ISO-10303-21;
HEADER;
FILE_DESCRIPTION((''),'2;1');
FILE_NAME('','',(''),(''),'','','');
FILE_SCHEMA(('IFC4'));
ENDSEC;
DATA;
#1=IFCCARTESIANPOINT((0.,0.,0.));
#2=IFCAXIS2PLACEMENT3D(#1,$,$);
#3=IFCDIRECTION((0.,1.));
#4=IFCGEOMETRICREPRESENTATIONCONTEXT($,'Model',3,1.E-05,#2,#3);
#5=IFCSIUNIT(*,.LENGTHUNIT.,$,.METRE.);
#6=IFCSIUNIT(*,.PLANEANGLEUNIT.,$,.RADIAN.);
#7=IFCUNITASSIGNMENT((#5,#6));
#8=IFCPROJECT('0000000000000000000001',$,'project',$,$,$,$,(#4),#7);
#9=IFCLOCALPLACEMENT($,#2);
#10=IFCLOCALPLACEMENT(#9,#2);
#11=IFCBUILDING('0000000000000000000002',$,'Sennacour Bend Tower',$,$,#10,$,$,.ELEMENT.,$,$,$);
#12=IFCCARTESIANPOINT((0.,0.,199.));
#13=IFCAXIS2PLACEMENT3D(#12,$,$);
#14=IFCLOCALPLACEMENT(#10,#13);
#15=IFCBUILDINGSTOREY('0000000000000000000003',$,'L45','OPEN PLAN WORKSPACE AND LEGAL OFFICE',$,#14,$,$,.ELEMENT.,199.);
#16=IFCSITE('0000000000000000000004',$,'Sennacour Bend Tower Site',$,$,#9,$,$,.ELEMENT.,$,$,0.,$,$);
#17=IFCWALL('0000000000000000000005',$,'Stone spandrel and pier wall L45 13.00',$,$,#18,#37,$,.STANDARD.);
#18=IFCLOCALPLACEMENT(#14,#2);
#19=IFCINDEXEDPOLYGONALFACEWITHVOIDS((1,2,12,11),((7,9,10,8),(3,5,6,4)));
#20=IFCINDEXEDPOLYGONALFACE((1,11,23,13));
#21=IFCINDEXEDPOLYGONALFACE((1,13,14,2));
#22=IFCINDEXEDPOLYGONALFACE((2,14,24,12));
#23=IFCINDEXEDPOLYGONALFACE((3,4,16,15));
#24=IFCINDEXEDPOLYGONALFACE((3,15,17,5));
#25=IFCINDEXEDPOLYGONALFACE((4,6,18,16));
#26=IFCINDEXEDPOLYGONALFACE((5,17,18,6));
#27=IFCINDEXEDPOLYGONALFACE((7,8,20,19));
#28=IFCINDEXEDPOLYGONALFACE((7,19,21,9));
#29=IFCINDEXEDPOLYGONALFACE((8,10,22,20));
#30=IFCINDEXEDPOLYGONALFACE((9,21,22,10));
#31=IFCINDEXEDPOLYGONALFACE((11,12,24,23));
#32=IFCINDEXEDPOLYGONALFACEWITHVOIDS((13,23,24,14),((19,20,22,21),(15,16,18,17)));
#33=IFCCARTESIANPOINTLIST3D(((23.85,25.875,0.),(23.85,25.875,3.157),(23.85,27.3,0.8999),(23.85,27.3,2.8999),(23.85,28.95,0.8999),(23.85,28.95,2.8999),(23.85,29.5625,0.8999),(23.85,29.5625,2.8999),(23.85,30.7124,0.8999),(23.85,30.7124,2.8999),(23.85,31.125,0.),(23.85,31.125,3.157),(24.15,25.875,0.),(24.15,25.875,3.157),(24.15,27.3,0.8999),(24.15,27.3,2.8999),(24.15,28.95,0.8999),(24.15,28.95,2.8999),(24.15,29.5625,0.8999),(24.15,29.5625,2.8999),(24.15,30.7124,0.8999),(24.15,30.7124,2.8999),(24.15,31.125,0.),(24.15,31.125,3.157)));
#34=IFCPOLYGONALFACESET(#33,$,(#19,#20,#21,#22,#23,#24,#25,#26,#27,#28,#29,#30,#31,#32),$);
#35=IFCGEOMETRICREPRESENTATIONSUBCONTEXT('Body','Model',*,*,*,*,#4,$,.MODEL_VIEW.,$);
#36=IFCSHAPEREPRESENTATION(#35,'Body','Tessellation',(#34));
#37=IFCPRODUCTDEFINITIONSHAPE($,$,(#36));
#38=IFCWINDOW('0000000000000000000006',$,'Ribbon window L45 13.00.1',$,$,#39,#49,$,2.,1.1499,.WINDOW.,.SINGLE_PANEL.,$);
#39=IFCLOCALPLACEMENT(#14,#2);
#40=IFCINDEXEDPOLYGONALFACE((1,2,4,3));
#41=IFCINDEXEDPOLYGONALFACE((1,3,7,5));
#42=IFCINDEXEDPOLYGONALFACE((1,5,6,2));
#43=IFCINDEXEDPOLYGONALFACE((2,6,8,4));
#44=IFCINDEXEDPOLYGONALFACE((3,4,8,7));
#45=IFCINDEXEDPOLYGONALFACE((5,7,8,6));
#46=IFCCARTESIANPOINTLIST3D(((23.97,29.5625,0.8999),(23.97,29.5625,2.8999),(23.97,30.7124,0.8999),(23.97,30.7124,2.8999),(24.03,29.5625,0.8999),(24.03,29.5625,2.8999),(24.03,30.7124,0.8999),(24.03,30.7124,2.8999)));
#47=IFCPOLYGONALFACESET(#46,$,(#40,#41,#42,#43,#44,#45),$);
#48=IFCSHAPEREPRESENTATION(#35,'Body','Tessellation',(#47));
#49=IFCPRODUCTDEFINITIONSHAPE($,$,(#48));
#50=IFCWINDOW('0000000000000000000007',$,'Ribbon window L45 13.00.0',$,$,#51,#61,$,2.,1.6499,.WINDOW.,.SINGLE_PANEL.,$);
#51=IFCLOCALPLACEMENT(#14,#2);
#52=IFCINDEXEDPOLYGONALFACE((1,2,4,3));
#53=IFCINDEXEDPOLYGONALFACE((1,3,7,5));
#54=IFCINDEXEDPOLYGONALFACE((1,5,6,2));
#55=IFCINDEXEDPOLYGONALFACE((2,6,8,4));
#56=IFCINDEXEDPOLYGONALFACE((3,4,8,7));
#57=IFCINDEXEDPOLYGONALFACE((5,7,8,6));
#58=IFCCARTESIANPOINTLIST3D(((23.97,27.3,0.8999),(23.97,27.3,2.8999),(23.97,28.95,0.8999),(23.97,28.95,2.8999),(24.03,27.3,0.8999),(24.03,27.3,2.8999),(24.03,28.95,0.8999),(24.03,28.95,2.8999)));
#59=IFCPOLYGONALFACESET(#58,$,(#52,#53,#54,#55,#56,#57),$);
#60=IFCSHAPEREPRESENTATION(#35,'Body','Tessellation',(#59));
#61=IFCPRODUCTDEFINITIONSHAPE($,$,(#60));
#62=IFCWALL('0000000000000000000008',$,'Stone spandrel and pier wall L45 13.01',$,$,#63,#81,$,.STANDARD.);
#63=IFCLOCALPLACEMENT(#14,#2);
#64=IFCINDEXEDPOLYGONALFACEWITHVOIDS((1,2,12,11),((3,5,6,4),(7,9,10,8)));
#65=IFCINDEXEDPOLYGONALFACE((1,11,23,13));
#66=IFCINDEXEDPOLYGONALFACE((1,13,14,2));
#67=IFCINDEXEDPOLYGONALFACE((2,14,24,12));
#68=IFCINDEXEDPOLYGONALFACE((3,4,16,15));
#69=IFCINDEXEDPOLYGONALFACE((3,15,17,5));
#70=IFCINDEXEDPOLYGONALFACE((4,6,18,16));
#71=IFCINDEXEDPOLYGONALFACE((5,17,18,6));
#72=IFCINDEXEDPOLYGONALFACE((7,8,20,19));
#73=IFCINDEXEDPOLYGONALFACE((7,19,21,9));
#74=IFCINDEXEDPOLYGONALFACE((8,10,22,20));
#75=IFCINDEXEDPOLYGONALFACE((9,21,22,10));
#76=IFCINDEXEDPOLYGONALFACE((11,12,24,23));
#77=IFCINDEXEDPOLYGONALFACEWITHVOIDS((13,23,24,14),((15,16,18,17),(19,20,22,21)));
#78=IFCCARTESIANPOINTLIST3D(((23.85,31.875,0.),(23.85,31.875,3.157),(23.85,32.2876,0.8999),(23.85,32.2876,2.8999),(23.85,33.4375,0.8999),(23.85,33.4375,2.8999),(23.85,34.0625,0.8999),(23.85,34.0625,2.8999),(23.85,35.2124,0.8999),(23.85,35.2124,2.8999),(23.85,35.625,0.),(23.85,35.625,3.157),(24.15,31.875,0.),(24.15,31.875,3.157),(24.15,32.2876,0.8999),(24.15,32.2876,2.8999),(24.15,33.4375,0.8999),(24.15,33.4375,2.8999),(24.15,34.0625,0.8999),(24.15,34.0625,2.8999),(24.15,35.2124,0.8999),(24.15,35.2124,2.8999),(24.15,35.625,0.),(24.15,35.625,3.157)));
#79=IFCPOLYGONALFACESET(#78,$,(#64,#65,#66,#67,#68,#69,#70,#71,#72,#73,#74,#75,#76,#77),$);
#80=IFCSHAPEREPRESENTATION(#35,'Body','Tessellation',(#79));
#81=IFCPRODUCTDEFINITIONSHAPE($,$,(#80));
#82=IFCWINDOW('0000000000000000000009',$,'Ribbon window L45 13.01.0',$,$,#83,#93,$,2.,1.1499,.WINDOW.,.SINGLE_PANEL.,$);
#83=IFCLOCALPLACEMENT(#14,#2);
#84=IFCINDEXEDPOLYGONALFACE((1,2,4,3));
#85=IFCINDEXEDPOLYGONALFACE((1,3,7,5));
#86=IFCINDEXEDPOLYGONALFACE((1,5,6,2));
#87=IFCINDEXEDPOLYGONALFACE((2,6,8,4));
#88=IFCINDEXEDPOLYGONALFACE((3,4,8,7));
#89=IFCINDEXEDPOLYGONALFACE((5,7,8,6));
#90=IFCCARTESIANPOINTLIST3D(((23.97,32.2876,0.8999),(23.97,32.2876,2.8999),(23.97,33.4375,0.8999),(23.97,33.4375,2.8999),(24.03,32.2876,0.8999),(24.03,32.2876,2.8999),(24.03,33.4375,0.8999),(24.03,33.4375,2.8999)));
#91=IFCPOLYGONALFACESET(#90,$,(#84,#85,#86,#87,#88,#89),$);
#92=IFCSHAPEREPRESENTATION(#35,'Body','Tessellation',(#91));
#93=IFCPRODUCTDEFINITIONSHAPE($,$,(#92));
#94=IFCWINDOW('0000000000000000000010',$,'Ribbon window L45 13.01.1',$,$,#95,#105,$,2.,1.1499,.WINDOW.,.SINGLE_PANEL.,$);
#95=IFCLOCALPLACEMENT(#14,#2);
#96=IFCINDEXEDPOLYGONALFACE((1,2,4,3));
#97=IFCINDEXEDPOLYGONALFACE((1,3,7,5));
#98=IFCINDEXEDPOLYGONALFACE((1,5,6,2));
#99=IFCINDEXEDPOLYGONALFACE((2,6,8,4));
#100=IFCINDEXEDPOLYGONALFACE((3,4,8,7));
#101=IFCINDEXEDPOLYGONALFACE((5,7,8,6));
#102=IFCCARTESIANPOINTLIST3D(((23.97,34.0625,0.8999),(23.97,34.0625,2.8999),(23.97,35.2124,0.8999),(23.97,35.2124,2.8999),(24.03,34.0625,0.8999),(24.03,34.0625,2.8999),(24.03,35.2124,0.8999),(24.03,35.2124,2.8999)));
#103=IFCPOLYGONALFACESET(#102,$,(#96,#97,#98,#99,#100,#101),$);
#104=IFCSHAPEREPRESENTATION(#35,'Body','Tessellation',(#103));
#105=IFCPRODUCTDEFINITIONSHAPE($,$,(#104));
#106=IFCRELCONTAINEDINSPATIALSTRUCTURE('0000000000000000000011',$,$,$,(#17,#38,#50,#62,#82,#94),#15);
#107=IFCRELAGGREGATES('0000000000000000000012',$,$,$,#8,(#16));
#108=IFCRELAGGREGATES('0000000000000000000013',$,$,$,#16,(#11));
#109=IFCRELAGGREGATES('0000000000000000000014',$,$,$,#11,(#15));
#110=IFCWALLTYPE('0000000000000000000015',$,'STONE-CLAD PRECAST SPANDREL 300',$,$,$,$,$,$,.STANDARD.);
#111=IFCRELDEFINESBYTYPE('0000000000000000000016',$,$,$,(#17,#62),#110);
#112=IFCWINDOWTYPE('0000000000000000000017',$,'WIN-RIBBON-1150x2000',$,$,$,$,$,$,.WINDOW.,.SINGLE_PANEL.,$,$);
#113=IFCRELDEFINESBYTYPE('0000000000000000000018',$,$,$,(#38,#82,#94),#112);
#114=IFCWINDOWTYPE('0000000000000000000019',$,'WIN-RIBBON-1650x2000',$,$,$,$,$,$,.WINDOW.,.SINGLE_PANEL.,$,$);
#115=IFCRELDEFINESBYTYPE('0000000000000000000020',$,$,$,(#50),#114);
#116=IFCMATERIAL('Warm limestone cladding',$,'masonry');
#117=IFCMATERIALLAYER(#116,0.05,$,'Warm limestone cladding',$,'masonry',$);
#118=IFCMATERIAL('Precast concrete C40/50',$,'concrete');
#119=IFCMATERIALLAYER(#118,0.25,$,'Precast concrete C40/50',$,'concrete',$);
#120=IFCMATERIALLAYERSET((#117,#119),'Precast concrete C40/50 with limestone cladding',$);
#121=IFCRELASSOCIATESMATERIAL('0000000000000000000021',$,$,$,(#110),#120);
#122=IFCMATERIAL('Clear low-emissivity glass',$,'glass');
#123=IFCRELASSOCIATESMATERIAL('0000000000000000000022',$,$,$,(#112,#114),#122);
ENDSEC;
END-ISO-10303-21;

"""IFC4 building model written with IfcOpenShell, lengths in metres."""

from ifc_helpers import new_model, si_unit, direction, frame, frame_2d, origin, place, context, subcontext, project, spatial, rectangle, extrude, material, layer, layer_set, type_object, element, fill, save


model = new_model("IFC4")

# Units and contexts
model_context = context("Model", 3, precision=1e-05, world=origin(), true_north=direction((0.0, 1.0)))
body_context = subcontext(model_context, "Body", "Model", "MODEL_VIEW")
ifc_project = project(units=[si_unit("LENGTHUNIT", "METRE"), si_unit("PLANEANGLEUNIT", "RADIAN")], contexts=[model_context])

# Site, building, storey
site_placement = place(None, origin())
site = spatial("IfcSite", under=ifc_project, at=site_placement, Name="Sennacour Bend Tower Site", CompositionType="ELEMENT", RefElevation=0.0)
building_placement = place(site_placement, origin())
building = spatial("IfcBuilding", under=site, at=building_placement, Name="Sennacour Bend Tower", CompositionType="ELEMENT")
storey_placement = place(building_placement, frame((0.0, 0.0, 199.0)))
storey = spatial("IfcBuildingStorey", under=building, at=storey_placement, Name="L45", Description="OPEN PLAN WORKSPACE AND LEGAL OFFICE", CompositionType="ELEMENT", Elevation=199.0)

# Shared definitions
ifc_material_1 = material(Name="Warm limestone cladding", Category="masonry")
ifc_layer_1 = layer(ifc_material_1, 0.05, Name="Warm limestone cladding", Category="masonry")
ifc_material_2 = material(Name="Precast concrete C40/50", Category="concrete")
ifc_layer_2 = layer(ifc_material_2, 0.25, Name="Precast concrete C40/50", Category="concrete")
ifc_layer_set = layer_set([ifc_layer_1, ifc_layer_2], Name="Precast concrete C40/50 with limestone cladding")
wall_type = type_object("IfcWallType", Name="STONE-CLAD PRECAST SPANDREL 300", PredefinedType="STANDARD", material=ifc_layer_set)
ifc_material_3 = material(Name="Clear low-emissivity glass", Category="glass")

# Walls, openings, windows
wall_1_placement = place(storey_placement, frame((24.0, 25.875, 0.0), z_axis=(0.0, 0.0, 1.0), x_axis=(0.0, 1.0, 0.0)))
wall_1 = element("IfcWall", 1, at=wall_1_placement, inside=storey, type_object=wall_type, Name="Stone spandrel and pier wall L45 13.00", PredefinedType="STANDARD", context=body_context, shape_type="SweptSolid", body=[
    extrude(rectangle(XDim=5.25, YDim=0.3, at=frame_2d((2.625, 0.0))), origin(), (0.0, 0.0, 1.0), 3.157),
])
opening_1_placement = place(wall_1_placement, frame((1.425, 0.0, 0.8999)))
opening_1 = element("IfcOpeningElement", 2, at=opening_1_placement, cuts=wall_1, PredefinedType="OPENING", context=body_context, shape_type="SweptSolid", body=[
    extrude(rectangle(XDim=1.6499, YDim=2.0, at=frame_2d((0.825, 1.0))), frame((0.0, 0.1602, 0.0), z_axis=(0.0, -1.0, 0.0), x_axis=(1.0, 0.0, 0.0)), (0.0, 0.0, 1.0), 0.3201),
])
opening_2_placement = place(wall_1_placement, frame((3.6875, 0.0, 0.8999)))
opening_2 = element("IfcOpeningElement", 3, at=opening_2_placement, cuts=wall_1, PredefinedType="OPENING", context=body_context, shape_type="SweptSolid", body=[
    extrude(rectangle(XDim=1.1499, YDim=2.0, at=frame_2d((0.575, 1.0))), frame((0.0, 0.1602, 0.0), z_axis=(0.0, -1.0, 0.0), x_axis=(1.0, 0.0, 0.0)), (0.0, 0.0, 1.0), 0.3201),
])
window_type_1 = type_object("IfcWindowType", Name="WIN-RIBBON-1150x2000", PartitioningType="SINGLE_PANEL", PredefinedType="WINDOW", material=ifc_material_3)
window_1_placement = place(opening_2_placement, origin())
window_1 = element("IfcWindow", 4, at=window_1_placement, inside=storey, type_object=window_type_1, Name="Ribbon window L45 13.00.1", OverallHeight=2.0, OverallWidth=1.1499, PartitioningType="SINGLE_PANEL", PredefinedType="WINDOW", context=body_context, shape_type="SweptSolid", body=[
    extrude(rectangle(XDim=1.1499, YDim=2.0, at=frame_2d((0.575, 1.0))), frame((0.0, 0.03, 0.0), z_axis=(0.0, -1.0, 0.0), x_axis=(1.0, 0.0, 0.0)), (0.0, 0.0, 1.0), 0.0601),
])
fill(opening_2, window_1)
window_type_2 = type_object("IfcWindowType", Name="WIN-RIBBON-1650x2000", PartitioningType="SINGLE_PANEL", PredefinedType="WINDOW", material=ifc_material_3)
window_2_placement = place(opening_1_placement, origin())
window_2 = element("IfcWindow", 5, at=window_2_placement, inside=storey, type_object=window_type_2, Name="Ribbon window L45 13.00.0", OverallHeight=2.0, OverallWidth=1.6499, PartitioningType="SINGLE_PANEL", PredefinedType="WINDOW", context=body_context, shape_type="SweptSolid", body=[
    extrude(rectangle(XDim=1.6499, YDim=2.0, at=frame_2d((0.825, 1.0))), frame((0.0, 0.03, 0.0), z_axis=(0.0, -1.0, 0.0), x_axis=(1.0, 0.0, 0.0)), (0.0, 0.0, 1.0), 0.0601),
])
fill(opening_1, window_2)
wall_2_placement = place(storey_placement, frame((24.0, 31.875, 0.0), z_axis=(0.0, 0.0, 1.0), x_axis=(0.0, 1.0, 0.0)))
wall_2 = element("IfcWall", 6, at=wall_2_placement, inside=storey, type_object=wall_type, Name="Stone spandrel and pier wall L45 13.01", PredefinedType="STANDARD", context=body_context, shape_type="SweptSolid", body=[
    extrude(rectangle(XDim=3.75, YDim=0.3, at=frame_2d((1.875, 0.0))), origin(), (0.0, 0.0, 1.0), 3.157),
])
opening_3_placement = place(wall_2_placement, frame((0.4126, 0.0, 0.8999)))
opening_3 = element("IfcOpeningElement", 7, at=opening_3_placement, cuts=wall_2, PredefinedType="OPENING", context=body_context, shape_type="SweptSolid", body=[
    extrude(rectangle(XDim=1.1499, YDim=2.0, at=frame_2d((0.575, 1.0))), frame((0.0, 0.1602, 0.0), z_axis=(0.0, -1.0, 0.0), x_axis=(1.0, 0.0, 0.0)), (0.0, 0.0, 1.0), 0.3201),
])
opening_4_placement = place(wall_2_placement, frame((2.1875, 0.0, 0.8999)))
opening_4 = element("IfcOpeningElement", 8, at=opening_4_placement, cuts=wall_2, PredefinedType="OPENING", context=body_context, shape_type="SweptSolid", body=[
    extrude(rectangle(XDim=1.1499, YDim=2.0, at=frame_2d((0.575, 1.0))), frame((0.0, 0.1602, 0.0), z_axis=(0.0, -1.0, 0.0), x_axis=(1.0, 0.0, 0.0)), (0.0, 0.0, 1.0), 0.3201),
])
window_3_placement = place(opening_3_placement, origin())
window_3 = element("IfcWindow", 9, at=window_3_placement, inside=storey, type_object=window_type_1, Name="Ribbon window L45 13.01.0", OverallHeight=2.0, OverallWidth=1.1499, PartitioningType="SINGLE_PANEL", PredefinedType="WINDOW", context=body_context, shape_type="SweptSolid", body=[
    extrude(rectangle(XDim=1.1499, YDim=2.0, at=frame_2d((0.575, 1.0))), frame((0.0, 0.03, 0.0), z_axis=(0.0, -1.0, 0.0), x_axis=(1.0, 0.0, 0.0)), (0.0, 0.0, 1.0), 0.0601),
])
fill(opening_3, window_3)
window_4_placement = place(opening_4_placement, origin())
window_4 = element("IfcWindow", 10, at=window_4_placement, inside=storey, type_object=window_type_1, Name="Ribbon window L45 13.01.1", OverallHeight=2.0, OverallWidth=1.1499, PartitioningType="SINGLE_PANEL", PredefinedType="WINDOW", context=body_context, shape_type="SweptSolid", body=[
    extrude(rectangle(XDim=1.1499, YDim=2.0, at=frame_2d((0.575, 1.0))), frame((0.0, 0.03, 0.0), z_axis=(0.0, -1.0, 0.0), x_axis=(1.0, 0.0, 0.0)), (0.0, 0.0, 1.0), 0.0601),
])
fill(opening_4, window_4)

save(model, "model.ifc")
